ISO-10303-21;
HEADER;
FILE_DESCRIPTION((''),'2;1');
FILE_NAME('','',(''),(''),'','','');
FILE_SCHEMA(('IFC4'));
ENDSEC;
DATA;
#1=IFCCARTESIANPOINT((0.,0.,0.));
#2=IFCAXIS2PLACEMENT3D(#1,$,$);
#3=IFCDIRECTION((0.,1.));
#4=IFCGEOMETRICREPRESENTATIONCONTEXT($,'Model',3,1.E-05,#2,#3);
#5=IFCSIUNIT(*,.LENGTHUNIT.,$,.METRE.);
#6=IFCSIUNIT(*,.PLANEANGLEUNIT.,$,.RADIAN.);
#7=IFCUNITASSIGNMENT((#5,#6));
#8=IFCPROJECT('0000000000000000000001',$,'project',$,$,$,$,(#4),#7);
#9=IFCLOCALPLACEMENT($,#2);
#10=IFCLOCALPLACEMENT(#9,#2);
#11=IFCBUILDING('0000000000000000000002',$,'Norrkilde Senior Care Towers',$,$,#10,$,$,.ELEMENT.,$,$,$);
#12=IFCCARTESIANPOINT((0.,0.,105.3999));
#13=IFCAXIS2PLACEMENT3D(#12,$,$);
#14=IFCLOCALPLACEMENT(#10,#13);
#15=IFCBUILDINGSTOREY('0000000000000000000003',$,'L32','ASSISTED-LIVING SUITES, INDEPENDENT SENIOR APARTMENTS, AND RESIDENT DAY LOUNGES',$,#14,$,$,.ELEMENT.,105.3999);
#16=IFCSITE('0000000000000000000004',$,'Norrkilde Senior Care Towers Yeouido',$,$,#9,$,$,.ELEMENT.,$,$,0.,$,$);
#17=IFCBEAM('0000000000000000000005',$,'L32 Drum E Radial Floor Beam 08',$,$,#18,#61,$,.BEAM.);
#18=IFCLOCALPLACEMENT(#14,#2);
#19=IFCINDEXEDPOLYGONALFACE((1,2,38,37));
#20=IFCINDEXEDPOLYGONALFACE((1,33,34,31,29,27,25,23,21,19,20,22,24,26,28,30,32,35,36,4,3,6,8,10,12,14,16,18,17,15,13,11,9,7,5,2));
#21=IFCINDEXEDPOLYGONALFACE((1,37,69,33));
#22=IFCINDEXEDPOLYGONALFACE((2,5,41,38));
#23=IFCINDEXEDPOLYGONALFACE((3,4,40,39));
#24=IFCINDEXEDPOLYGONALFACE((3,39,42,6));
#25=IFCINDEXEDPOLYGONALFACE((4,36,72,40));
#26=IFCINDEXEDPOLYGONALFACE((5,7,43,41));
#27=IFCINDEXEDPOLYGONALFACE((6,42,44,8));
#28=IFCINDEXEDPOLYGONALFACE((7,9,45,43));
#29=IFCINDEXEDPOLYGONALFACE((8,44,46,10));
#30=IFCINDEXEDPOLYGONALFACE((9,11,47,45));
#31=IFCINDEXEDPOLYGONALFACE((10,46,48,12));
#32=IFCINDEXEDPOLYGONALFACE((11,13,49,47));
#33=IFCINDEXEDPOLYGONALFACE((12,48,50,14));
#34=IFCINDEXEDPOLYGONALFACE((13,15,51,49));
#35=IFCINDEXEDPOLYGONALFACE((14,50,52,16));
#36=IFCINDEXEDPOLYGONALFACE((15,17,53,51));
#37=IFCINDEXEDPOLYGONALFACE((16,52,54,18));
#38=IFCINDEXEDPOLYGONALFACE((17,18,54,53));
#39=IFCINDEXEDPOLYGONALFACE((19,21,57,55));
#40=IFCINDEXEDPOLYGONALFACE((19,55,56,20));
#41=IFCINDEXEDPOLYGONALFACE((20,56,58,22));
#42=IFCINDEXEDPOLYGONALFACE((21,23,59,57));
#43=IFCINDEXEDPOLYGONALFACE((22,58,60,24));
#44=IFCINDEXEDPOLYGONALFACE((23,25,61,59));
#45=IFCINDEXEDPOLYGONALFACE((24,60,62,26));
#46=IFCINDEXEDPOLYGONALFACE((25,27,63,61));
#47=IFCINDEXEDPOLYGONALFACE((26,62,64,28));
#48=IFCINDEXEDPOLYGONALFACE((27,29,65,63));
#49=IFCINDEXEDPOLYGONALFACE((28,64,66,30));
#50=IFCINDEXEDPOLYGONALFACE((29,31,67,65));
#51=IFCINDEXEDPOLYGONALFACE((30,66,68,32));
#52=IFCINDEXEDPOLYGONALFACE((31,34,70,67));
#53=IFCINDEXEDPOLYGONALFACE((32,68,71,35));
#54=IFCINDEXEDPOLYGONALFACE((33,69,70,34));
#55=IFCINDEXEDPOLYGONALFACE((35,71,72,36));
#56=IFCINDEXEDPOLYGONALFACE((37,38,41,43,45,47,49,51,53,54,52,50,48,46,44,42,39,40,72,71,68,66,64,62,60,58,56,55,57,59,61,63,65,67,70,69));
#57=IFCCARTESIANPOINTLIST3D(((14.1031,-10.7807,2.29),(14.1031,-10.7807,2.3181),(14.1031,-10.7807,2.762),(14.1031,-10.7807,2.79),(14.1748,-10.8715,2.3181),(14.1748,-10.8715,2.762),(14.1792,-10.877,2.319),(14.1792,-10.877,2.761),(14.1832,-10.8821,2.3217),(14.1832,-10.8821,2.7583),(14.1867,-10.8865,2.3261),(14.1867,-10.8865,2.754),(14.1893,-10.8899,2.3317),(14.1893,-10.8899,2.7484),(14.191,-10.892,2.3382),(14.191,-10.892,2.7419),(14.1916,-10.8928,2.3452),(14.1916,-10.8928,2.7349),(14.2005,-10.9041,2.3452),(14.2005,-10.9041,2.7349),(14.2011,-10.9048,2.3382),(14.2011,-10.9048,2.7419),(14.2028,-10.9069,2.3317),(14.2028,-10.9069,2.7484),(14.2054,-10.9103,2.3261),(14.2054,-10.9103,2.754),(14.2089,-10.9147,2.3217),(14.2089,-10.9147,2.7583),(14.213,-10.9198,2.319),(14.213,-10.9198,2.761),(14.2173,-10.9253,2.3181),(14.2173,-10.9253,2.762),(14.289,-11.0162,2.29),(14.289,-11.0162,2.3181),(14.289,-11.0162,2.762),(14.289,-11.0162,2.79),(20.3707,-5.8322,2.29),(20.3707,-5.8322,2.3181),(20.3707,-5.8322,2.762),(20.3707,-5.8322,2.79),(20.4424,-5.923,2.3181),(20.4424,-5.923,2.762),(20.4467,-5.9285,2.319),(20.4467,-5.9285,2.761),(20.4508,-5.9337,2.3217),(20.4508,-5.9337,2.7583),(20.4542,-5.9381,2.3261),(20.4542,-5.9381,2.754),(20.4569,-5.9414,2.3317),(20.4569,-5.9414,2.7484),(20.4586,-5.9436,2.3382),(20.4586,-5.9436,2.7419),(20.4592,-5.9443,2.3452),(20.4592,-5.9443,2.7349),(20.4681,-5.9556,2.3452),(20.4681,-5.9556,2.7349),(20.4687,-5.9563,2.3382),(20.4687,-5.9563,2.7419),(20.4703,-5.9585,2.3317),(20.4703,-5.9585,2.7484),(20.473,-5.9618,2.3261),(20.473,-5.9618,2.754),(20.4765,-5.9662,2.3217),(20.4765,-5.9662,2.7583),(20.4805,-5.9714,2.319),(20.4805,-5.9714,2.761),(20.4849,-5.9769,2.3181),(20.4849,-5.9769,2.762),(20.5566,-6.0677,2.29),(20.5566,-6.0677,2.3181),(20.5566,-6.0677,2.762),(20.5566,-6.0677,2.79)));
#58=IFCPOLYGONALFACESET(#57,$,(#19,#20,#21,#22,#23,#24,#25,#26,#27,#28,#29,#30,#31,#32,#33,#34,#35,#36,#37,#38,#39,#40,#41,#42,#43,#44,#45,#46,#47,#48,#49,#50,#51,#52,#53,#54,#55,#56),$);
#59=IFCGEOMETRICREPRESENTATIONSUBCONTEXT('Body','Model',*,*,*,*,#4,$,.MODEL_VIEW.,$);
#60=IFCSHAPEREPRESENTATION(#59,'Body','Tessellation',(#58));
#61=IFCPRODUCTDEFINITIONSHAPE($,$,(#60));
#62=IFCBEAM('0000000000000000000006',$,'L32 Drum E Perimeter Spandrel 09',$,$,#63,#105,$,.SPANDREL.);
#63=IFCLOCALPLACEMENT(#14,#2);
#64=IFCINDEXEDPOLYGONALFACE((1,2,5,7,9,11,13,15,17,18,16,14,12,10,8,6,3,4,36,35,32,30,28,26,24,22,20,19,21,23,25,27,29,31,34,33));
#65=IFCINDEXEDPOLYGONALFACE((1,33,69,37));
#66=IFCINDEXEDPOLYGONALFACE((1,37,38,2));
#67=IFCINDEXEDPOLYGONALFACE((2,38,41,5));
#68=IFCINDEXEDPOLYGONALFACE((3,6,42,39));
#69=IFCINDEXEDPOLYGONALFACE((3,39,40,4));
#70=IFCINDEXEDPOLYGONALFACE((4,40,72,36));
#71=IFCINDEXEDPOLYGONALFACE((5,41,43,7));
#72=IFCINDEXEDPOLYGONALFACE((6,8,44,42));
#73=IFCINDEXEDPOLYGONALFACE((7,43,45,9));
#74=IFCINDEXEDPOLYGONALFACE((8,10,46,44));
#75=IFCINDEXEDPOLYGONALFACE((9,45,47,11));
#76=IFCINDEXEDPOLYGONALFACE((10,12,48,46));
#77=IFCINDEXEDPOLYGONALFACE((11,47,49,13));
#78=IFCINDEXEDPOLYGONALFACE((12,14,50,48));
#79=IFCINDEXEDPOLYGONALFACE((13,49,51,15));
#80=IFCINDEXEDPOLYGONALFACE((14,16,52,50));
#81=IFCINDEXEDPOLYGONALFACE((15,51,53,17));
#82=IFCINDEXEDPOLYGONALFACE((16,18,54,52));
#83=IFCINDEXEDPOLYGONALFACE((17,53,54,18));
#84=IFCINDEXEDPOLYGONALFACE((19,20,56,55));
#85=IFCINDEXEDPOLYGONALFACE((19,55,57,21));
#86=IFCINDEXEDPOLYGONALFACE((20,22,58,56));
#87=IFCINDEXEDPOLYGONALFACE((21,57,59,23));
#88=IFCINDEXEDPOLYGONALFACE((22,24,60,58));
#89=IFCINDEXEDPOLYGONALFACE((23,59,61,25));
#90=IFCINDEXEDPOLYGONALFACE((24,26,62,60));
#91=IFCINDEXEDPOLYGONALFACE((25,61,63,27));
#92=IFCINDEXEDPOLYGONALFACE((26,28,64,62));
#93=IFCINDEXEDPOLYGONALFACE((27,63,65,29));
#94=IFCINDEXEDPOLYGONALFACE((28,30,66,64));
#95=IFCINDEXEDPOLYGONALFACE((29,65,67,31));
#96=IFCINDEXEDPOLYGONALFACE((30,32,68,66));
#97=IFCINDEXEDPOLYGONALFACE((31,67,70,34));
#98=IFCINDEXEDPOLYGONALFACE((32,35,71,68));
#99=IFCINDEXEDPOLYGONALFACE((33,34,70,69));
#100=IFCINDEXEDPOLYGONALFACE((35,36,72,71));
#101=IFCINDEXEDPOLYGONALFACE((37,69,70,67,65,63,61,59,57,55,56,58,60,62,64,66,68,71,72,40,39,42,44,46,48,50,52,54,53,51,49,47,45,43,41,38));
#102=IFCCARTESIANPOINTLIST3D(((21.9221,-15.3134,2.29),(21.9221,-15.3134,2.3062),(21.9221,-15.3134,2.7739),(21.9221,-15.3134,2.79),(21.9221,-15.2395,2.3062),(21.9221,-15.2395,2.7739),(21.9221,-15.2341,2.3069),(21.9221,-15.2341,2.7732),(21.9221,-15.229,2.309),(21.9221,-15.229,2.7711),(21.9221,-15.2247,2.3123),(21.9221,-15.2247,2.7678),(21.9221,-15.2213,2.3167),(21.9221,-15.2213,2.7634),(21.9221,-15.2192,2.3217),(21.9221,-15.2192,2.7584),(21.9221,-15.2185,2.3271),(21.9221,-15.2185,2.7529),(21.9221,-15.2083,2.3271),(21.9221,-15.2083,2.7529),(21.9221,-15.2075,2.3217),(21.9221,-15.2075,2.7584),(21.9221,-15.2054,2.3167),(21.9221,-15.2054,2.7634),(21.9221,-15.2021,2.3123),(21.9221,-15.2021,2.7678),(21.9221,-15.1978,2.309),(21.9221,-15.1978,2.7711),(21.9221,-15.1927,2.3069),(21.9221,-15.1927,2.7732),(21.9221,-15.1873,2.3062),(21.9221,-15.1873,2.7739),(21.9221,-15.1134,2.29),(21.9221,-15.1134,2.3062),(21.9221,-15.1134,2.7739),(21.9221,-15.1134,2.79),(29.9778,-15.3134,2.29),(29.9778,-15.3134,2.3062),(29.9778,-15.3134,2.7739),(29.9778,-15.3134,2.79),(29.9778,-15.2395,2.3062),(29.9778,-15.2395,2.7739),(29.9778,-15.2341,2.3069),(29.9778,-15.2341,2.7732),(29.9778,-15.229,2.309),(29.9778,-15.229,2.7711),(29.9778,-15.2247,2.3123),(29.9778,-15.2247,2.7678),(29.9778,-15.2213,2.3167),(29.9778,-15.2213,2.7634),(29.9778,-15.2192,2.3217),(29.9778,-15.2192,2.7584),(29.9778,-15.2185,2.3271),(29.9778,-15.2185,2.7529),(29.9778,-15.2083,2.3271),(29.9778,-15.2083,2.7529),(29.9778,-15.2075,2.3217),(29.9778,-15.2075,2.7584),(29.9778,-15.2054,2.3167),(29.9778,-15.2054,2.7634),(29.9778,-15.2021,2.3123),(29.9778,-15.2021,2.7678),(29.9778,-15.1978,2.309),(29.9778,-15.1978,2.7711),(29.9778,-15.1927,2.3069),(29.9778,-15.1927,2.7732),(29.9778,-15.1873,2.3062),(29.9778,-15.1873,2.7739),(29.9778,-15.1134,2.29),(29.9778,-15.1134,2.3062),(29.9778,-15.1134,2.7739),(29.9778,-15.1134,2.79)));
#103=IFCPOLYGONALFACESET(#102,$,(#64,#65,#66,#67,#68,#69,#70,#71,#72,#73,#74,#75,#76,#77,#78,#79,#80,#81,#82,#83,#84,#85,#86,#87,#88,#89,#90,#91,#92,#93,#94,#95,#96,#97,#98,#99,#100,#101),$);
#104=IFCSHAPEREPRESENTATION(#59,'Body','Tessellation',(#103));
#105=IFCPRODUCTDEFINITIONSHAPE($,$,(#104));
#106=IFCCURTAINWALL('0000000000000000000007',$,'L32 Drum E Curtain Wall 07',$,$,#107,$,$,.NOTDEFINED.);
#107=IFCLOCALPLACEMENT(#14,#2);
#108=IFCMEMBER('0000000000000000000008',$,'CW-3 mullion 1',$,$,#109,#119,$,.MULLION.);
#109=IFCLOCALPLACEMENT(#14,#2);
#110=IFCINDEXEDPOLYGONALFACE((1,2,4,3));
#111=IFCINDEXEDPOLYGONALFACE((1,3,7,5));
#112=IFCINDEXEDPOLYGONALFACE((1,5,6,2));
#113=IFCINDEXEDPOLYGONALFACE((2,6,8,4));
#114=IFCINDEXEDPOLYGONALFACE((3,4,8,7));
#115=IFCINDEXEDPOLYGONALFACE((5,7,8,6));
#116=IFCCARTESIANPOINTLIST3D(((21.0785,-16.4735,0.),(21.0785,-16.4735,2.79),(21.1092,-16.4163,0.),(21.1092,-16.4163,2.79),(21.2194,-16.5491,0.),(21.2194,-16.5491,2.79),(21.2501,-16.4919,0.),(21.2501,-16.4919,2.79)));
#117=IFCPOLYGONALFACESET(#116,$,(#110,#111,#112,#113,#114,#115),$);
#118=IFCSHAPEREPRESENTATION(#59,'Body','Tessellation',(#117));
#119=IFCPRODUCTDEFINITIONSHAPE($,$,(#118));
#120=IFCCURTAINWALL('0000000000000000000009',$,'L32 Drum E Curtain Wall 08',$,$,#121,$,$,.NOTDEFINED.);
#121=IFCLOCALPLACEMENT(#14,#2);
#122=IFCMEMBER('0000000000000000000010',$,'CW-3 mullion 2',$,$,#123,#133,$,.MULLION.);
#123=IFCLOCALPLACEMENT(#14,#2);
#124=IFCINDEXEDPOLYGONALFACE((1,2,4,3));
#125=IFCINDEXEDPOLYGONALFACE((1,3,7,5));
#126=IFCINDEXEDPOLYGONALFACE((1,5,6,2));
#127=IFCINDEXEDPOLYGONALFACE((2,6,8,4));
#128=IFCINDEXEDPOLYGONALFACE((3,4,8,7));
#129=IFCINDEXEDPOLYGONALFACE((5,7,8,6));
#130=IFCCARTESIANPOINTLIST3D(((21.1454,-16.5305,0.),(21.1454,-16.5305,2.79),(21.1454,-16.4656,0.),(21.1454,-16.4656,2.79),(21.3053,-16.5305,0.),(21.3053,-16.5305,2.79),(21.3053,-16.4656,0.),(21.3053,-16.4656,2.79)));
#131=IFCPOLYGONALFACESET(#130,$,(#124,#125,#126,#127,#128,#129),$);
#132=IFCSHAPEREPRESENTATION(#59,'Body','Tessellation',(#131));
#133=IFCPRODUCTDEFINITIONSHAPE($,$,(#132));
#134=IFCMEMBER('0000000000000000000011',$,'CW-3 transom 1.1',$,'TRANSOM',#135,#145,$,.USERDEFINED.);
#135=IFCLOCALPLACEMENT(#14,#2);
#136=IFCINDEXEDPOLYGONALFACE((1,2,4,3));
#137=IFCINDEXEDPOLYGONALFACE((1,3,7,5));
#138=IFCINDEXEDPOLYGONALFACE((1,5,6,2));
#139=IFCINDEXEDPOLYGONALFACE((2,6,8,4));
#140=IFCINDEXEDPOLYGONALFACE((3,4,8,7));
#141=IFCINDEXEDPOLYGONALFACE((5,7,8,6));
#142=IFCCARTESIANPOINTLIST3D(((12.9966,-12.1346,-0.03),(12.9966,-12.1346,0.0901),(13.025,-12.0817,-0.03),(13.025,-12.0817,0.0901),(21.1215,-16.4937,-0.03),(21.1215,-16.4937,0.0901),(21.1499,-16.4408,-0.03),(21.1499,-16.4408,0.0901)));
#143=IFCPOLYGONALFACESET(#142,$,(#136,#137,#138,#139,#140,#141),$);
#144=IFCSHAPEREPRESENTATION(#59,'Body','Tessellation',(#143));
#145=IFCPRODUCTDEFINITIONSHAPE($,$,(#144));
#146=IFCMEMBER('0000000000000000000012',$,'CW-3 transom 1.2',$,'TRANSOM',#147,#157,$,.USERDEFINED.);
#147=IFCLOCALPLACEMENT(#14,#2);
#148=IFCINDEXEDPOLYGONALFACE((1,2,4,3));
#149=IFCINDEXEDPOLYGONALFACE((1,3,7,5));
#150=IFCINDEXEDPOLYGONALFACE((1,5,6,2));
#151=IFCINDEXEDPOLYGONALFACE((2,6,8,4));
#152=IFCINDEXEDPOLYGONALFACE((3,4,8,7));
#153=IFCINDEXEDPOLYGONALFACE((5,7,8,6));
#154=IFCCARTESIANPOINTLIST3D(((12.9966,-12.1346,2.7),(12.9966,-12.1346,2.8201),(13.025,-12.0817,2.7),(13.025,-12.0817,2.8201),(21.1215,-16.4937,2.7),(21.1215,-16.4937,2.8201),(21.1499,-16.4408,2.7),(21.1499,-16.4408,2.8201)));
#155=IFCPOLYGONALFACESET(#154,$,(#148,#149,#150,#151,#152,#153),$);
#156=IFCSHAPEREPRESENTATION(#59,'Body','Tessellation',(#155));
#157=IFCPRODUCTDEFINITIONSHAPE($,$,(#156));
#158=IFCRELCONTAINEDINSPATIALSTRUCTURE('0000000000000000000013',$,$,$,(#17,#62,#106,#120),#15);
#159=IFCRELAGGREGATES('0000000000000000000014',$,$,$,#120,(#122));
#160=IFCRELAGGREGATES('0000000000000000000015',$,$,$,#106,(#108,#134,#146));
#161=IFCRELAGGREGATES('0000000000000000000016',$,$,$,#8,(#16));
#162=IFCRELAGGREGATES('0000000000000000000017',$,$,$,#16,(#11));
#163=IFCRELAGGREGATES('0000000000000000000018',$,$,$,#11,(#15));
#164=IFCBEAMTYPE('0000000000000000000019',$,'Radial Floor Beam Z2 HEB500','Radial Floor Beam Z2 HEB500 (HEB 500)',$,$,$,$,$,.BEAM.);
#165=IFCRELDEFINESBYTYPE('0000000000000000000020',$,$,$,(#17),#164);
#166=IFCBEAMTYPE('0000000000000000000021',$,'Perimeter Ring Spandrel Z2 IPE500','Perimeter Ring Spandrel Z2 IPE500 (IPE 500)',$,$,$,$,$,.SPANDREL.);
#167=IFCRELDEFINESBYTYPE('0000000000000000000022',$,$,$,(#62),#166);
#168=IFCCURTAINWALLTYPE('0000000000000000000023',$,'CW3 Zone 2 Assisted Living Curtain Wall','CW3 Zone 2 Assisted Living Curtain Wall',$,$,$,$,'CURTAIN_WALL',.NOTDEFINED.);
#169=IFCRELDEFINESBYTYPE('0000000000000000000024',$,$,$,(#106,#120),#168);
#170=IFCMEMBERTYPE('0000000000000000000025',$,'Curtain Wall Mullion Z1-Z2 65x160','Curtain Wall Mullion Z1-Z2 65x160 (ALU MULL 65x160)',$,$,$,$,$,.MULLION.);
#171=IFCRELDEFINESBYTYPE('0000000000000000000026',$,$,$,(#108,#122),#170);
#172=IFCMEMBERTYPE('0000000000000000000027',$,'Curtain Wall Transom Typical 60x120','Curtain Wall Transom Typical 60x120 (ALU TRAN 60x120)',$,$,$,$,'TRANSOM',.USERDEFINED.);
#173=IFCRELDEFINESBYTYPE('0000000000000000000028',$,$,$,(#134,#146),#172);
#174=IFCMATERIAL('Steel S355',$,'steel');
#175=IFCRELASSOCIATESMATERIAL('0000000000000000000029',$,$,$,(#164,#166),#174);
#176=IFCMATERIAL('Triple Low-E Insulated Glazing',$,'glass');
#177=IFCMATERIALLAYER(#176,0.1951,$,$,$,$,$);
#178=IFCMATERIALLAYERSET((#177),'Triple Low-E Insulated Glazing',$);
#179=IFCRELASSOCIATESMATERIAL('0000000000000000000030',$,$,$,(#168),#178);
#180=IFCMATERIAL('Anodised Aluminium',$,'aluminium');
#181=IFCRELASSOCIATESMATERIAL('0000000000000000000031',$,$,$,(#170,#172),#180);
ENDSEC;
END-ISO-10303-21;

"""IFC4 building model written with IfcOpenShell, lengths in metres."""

from ifc_helpers import new_model, si_unit, direction, frame, origin, origin_2d, place, context, subcontext, project, spatial, rectangle, i_section, extrude, source, transform, mapped, material, layer, layer_set, material_profile, profile_set, type_object, type_shapes, element, aggregate, save


model = new_model("IFC4")

# Units and contexts
model_context = context("Model", 3, precision=1e-05, world=origin(), true_north=direction((0.0, 1.0)))
body_context = subcontext(model_context, "Body", "Model", "MODEL_VIEW")
ifc_project = project(units=[si_unit("LENGTHUNIT", "METRE"), si_unit("PLANEANGLEUNIT", "RADIAN")], contexts=[model_context])

# Site, building, storey
site_placement = place(None, origin())
site = spatial("IfcSite", under=ifc_project, at=site_placement, Name="Norrkilde Senior Care Towers Yeouido", CompositionType="ELEMENT", RefElevation=0.0)
building_placement = place(site_placement, origin())
building = spatial("IfcBuilding", under=site, at=building_placement, Name="Norrkilde Senior Care Towers", CompositionType="ELEMENT")
storey_placement = place(building_placement, frame((0.0, 0.0, 105.3999)))
storey = spatial("IfcBuildingStorey", under=building, at=storey_placement, Name="L32", Description="ASSISTED-LIVING SUITES, INDEPENDENT SENIOR APARTMENTS, AND RESIDENT DAY LOUNGES", CompositionType="ELEMENT", Elevation=105.3999)

# Beams
ifc_material_1 = material(Name="Steel S355", Category="steel")
ifc_material_profile_1 = material_profile(ifc_material_1, i_section(OverallWidth=0.3, OverallDepth=0.5, WebThickness=0.0144, FlangeThickness=0.0281, FilletRadius=0.0271, at=origin_2d()), Name="HEB 500")
ifc_profile_set_1 = profile_set([ifc_material_profile_1], Name="Steel S355")
beam_type_1 = type_object("IfcBeamType", Name="Radial Floor Beam Z2 HEB500", Description="Radial Floor Beam Z2 HEB500 (HEB 500)", PredefinedType="BEAM", material=ifc_profile_set_1)
shared_shape_1 = source(origin(), body_context, "Body", "SweptSolid", [
    extrude(i_section(OverallWidth=0.3, OverallDepth=0.5, WebThickness=0.0144, FlangeThickness=0.0281, FilletRadius=0.0271, at=origin_2d()), origin(), (0.0, 0.0, 1.0), 7.9856),
])
beam_1_placement = place(storey_placement, frame((20.4636, -5.95, 2.54), z_axis=(-0.784859, -0.619675, 0.0), x_axis=(0.619675, -0.784859, 0.0)))
element("IfcBeam", 1, at=beam_1_placement, inside=storey, type_object=beam_type_1, Name="L32 Drum E Radial Floor Beam 08", PredefinedType="BEAM", context=body_context, shape_type="MappedRepresentation", body=[
    mapped(shared_shape_1, transform((0.0, 0.0, 0.0), x_axis=(1.0, 0.0, 0.0), y_axis=(0.0, 1.0, 0.0), z_axis=(0.0, 0.0, 1.0), scale=1.0)),
])
ifc_material_profile_2 = material_profile(ifc_material_1, i_section(OverallWidth=0.2, OverallDepth=0.5, WebThickness=0.0103, FlangeThickness=0.0161, FilletRadius=0.021, at=origin_2d()), Name="IPE 500")
ifc_profile_set_2 = profile_set([ifc_material_profile_2], Name="Steel S355")
beam_type_2 = type_object("IfcBeamType", Name="Perimeter Ring Spandrel Z2 IPE500", Description="Perimeter Ring Spandrel Z2 IPE500 (IPE 500)", PredefinedType="SPANDREL", material=ifc_profile_set_2)
shared_shape_2 = source(origin(), body_context, "Body", "SweptSolid", [
    extrude(i_section(OverallWidth=0.2, OverallDepth=0.5, WebThickness=0.0103, FlangeThickness=0.0161, FilletRadius=0.021, at=origin_2d()), origin(), (0.0, 0.0, 1.0), 8.0557),
])
type_shapes(beam_type_2, [shared_shape_2])
beam_2_placement = place(storey_placement, frame((21.9221, -15.2134, 2.54), z_axis=(1.0, 0.0, 0.0), x_axis=(0.0, 1.0, 0.0)))
element("IfcBeam", 2, at=beam_2_placement, inside=storey, type_object=beam_type_2, Name="L32 Drum E Perimeter Spandrel 09", PredefinedType="SPANDREL", context=body_context, shape_type="MappedRepresentation", body=[
    mapped(shared_shape_2, transform((0.0, 0.0, 0.0), x_axis=(1.0, 0.0, 0.0), y_axis=(0.0, 1.0, 0.0), z_axis=(0.0, 0.0, 1.0), scale=1.0)),
])

# Curtain walls, members
ifc_material_2 = material(Name="Triple Low-E Insulated Glazing", Category="glass")
ifc_layer_1 = layer(ifc_material_2, 0.1951)
ifc_layer_set_1 = layer_set([ifc_layer_1], Name="Triple Low-E Insulated Glazing")
curtain_wall_type = type_object("IfcCurtainWallType", Name="CW3 Zone 2 Assisted Living Curtain Wall", Description="CW3 Zone 2 Assisted Living Curtain Wall", ElementType="CURTAIN_WALL", PredefinedType="NOTDEFINED", material=ifc_layer_set_1)
curtain_wall_1_placement = place(storey_placement, origin())
curtain_wall_1 = element("IfcCurtainWall", 3, at=curtain_wall_1_placement, inside=storey, type_object=curtain_wall_type, Name="L32 Drum E Curtain Wall 07", PredefinedType="NOTDEFINED")
ifc_material_3 = material(Name="Anodised Aluminium", Category="aluminium")
ifc_material_profile_3 = material_profile(ifc_material_3, rectangle(XDim=0.0649, YDim=0.1599, at=origin_2d()), Name="ALU MULL 65x160")
ifc_profile_set_3 = profile_set([ifc_material_profile_3], Name="Anodised Aluminium")
member_type_1 = type_object("IfcMemberType", Name="Curtain Wall Mullion Z1-Z2 65x160", Description="Curtain Wall Mullion Z1-Z2 65x160 (ALU MULL 65x160)", PredefinedType="MULLION", material=ifc_profile_set_3)
shared_shape_3 = source(origin(), body_context, "Body", "SweptSolid", [
    extrude(rectangle(XDim=0.0649, YDim=0.1599, at=origin_2d()), origin(), (0.0, 0.0, 1.0), 2.79),
])
type_shapes(member_type_1, [shared_shape_3])
member_1_placement = place(storey_placement, frame((21.1643, -16.4827, 0.0), z_axis=(0.0, 0.0, 1.0), x_axis=(-0.472769, -0.881186, 0.0)))
member_1 = element("IfcMember", 4, at=member_1_placement, type_object=member_type_1, Name="CW-3 mullion 1", PredefinedType="MULLION", context=body_context, shape_type="MappedRepresentation", body=[
    mapped(shared_shape_3, transform((0.0, 0.0, 0.0), x_axis=(1.0, 0.0, 0.0), y_axis=(0.0, 1.0, 0.0), z_axis=(0.0, 0.0, 1.0), scale=1.0)),
])
curtain_wall_2_placement = place(storey_placement, origin())
curtain_wall_2 = element("IfcCurtainWall", 5, at=curtain_wall_2_placement, inside=storey, type_object=curtain_wall_type, Name="L32 Drum E Curtain Wall 08", PredefinedType="NOTDEFINED")
member_2_placement = place(storey_placement, frame((21.2253, -16.498, 0.0), z_axis=(0.0, 0.0, 1.0), x_axis=(0.0, -1.0, 0.0)))
member_2 = element("IfcMember", 6, at=member_2_placement, type_object=member_type_1, Name="CW-3 mullion 2", PredefinedType="MULLION", context=body_context, shape_type="MappedRepresentation", body=[
    mapped(shared_shape_3, transform((0.0, 0.0, 0.0), x_axis=(1.0, 0.0, 0.0), y_axis=(0.0, 1.0, 0.0), z_axis=(0.0, 0.0, 1.0), scale=1.0)),
])
aggregate(curtain_wall_2, [member_2])

# Members
ifc_material_profile_4 = material_profile(ifc_material_3, rectangle(XDim=0.0601, YDim=0.1201, at=origin_2d()), Name="ALU TRAN 60x120")
ifc_profile_set_4 = profile_set([ifc_material_profile_4], Name="Anodised Aluminium")
member_type_2 = type_object("IfcMemberType", Name="Curtain Wall Transom Typical 60x120", Description="Curtain Wall Transom Typical 60x120 (ALU TRAN 60x120)", ElementType="TRANSOM", PredefinedType="USERDEFINED", material=ifc_profile_set_4)
shared_shape_4 = source(origin(), body_context, "Body", "SweptSolid", [
    extrude(rectangle(XDim=0.0601, YDim=0.1201, at=origin_2d()), origin(), (0.0, 0.0, 1.0), 9.2205),
])
type_shapes(member_type_2, [shared_shape_4])
member_3_placement = place(storey_placement, frame((21.1357, -16.4673, 0.03), z_axis=(-0.881189, 0.472765, 0.0), x_axis=(-0.472765, -0.881189, 0.0)))
member_3 = element("IfcMember", 7, at=member_3_placement, type_object=member_type_2, Name="CW-3 transom 1.1", ObjectType="TRANSOM", PredefinedType="USERDEFINED", context=body_context, shape_type="MappedRepresentation", body=[
    mapped(shared_shape_4, transform((0.0, 0.0, 0.0), x_axis=(1.0, 0.0, 0.0), y_axis=(0.0, 1.0, 0.0), z_axis=(0.0, 0.0, 1.0), scale=1.0)),
])
member_4_placement = place(storey_placement, frame((21.1357, -16.4673, 2.76), z_axis=(-0.881189, 0.472765, 0.0), x_axis=(-0.472765, -0.881189, 0.0)))
member_4 = element("IfcMember", 8, at=member_4_placement, type_object=member_type_2, Name="CW-3 transom 1.2", ObjectType="TRANSOM", PredefinedType="USERDEFINED", context=body_context, shape_type="MappedRepresentation", body=[
    mapped(shared_shape_4, transform((0.0, 0.0, 0.0), x_axis=(1.0, 0.0, 0.0), y_axis=(0.0, 1.0, 0.0), z_axis=(0.0, 0.0, 1.0), scale=1.0)),
])
aggregate(curtain_wall_1, [member_1, member_3, member_4])

save(model, "model.ifc")
